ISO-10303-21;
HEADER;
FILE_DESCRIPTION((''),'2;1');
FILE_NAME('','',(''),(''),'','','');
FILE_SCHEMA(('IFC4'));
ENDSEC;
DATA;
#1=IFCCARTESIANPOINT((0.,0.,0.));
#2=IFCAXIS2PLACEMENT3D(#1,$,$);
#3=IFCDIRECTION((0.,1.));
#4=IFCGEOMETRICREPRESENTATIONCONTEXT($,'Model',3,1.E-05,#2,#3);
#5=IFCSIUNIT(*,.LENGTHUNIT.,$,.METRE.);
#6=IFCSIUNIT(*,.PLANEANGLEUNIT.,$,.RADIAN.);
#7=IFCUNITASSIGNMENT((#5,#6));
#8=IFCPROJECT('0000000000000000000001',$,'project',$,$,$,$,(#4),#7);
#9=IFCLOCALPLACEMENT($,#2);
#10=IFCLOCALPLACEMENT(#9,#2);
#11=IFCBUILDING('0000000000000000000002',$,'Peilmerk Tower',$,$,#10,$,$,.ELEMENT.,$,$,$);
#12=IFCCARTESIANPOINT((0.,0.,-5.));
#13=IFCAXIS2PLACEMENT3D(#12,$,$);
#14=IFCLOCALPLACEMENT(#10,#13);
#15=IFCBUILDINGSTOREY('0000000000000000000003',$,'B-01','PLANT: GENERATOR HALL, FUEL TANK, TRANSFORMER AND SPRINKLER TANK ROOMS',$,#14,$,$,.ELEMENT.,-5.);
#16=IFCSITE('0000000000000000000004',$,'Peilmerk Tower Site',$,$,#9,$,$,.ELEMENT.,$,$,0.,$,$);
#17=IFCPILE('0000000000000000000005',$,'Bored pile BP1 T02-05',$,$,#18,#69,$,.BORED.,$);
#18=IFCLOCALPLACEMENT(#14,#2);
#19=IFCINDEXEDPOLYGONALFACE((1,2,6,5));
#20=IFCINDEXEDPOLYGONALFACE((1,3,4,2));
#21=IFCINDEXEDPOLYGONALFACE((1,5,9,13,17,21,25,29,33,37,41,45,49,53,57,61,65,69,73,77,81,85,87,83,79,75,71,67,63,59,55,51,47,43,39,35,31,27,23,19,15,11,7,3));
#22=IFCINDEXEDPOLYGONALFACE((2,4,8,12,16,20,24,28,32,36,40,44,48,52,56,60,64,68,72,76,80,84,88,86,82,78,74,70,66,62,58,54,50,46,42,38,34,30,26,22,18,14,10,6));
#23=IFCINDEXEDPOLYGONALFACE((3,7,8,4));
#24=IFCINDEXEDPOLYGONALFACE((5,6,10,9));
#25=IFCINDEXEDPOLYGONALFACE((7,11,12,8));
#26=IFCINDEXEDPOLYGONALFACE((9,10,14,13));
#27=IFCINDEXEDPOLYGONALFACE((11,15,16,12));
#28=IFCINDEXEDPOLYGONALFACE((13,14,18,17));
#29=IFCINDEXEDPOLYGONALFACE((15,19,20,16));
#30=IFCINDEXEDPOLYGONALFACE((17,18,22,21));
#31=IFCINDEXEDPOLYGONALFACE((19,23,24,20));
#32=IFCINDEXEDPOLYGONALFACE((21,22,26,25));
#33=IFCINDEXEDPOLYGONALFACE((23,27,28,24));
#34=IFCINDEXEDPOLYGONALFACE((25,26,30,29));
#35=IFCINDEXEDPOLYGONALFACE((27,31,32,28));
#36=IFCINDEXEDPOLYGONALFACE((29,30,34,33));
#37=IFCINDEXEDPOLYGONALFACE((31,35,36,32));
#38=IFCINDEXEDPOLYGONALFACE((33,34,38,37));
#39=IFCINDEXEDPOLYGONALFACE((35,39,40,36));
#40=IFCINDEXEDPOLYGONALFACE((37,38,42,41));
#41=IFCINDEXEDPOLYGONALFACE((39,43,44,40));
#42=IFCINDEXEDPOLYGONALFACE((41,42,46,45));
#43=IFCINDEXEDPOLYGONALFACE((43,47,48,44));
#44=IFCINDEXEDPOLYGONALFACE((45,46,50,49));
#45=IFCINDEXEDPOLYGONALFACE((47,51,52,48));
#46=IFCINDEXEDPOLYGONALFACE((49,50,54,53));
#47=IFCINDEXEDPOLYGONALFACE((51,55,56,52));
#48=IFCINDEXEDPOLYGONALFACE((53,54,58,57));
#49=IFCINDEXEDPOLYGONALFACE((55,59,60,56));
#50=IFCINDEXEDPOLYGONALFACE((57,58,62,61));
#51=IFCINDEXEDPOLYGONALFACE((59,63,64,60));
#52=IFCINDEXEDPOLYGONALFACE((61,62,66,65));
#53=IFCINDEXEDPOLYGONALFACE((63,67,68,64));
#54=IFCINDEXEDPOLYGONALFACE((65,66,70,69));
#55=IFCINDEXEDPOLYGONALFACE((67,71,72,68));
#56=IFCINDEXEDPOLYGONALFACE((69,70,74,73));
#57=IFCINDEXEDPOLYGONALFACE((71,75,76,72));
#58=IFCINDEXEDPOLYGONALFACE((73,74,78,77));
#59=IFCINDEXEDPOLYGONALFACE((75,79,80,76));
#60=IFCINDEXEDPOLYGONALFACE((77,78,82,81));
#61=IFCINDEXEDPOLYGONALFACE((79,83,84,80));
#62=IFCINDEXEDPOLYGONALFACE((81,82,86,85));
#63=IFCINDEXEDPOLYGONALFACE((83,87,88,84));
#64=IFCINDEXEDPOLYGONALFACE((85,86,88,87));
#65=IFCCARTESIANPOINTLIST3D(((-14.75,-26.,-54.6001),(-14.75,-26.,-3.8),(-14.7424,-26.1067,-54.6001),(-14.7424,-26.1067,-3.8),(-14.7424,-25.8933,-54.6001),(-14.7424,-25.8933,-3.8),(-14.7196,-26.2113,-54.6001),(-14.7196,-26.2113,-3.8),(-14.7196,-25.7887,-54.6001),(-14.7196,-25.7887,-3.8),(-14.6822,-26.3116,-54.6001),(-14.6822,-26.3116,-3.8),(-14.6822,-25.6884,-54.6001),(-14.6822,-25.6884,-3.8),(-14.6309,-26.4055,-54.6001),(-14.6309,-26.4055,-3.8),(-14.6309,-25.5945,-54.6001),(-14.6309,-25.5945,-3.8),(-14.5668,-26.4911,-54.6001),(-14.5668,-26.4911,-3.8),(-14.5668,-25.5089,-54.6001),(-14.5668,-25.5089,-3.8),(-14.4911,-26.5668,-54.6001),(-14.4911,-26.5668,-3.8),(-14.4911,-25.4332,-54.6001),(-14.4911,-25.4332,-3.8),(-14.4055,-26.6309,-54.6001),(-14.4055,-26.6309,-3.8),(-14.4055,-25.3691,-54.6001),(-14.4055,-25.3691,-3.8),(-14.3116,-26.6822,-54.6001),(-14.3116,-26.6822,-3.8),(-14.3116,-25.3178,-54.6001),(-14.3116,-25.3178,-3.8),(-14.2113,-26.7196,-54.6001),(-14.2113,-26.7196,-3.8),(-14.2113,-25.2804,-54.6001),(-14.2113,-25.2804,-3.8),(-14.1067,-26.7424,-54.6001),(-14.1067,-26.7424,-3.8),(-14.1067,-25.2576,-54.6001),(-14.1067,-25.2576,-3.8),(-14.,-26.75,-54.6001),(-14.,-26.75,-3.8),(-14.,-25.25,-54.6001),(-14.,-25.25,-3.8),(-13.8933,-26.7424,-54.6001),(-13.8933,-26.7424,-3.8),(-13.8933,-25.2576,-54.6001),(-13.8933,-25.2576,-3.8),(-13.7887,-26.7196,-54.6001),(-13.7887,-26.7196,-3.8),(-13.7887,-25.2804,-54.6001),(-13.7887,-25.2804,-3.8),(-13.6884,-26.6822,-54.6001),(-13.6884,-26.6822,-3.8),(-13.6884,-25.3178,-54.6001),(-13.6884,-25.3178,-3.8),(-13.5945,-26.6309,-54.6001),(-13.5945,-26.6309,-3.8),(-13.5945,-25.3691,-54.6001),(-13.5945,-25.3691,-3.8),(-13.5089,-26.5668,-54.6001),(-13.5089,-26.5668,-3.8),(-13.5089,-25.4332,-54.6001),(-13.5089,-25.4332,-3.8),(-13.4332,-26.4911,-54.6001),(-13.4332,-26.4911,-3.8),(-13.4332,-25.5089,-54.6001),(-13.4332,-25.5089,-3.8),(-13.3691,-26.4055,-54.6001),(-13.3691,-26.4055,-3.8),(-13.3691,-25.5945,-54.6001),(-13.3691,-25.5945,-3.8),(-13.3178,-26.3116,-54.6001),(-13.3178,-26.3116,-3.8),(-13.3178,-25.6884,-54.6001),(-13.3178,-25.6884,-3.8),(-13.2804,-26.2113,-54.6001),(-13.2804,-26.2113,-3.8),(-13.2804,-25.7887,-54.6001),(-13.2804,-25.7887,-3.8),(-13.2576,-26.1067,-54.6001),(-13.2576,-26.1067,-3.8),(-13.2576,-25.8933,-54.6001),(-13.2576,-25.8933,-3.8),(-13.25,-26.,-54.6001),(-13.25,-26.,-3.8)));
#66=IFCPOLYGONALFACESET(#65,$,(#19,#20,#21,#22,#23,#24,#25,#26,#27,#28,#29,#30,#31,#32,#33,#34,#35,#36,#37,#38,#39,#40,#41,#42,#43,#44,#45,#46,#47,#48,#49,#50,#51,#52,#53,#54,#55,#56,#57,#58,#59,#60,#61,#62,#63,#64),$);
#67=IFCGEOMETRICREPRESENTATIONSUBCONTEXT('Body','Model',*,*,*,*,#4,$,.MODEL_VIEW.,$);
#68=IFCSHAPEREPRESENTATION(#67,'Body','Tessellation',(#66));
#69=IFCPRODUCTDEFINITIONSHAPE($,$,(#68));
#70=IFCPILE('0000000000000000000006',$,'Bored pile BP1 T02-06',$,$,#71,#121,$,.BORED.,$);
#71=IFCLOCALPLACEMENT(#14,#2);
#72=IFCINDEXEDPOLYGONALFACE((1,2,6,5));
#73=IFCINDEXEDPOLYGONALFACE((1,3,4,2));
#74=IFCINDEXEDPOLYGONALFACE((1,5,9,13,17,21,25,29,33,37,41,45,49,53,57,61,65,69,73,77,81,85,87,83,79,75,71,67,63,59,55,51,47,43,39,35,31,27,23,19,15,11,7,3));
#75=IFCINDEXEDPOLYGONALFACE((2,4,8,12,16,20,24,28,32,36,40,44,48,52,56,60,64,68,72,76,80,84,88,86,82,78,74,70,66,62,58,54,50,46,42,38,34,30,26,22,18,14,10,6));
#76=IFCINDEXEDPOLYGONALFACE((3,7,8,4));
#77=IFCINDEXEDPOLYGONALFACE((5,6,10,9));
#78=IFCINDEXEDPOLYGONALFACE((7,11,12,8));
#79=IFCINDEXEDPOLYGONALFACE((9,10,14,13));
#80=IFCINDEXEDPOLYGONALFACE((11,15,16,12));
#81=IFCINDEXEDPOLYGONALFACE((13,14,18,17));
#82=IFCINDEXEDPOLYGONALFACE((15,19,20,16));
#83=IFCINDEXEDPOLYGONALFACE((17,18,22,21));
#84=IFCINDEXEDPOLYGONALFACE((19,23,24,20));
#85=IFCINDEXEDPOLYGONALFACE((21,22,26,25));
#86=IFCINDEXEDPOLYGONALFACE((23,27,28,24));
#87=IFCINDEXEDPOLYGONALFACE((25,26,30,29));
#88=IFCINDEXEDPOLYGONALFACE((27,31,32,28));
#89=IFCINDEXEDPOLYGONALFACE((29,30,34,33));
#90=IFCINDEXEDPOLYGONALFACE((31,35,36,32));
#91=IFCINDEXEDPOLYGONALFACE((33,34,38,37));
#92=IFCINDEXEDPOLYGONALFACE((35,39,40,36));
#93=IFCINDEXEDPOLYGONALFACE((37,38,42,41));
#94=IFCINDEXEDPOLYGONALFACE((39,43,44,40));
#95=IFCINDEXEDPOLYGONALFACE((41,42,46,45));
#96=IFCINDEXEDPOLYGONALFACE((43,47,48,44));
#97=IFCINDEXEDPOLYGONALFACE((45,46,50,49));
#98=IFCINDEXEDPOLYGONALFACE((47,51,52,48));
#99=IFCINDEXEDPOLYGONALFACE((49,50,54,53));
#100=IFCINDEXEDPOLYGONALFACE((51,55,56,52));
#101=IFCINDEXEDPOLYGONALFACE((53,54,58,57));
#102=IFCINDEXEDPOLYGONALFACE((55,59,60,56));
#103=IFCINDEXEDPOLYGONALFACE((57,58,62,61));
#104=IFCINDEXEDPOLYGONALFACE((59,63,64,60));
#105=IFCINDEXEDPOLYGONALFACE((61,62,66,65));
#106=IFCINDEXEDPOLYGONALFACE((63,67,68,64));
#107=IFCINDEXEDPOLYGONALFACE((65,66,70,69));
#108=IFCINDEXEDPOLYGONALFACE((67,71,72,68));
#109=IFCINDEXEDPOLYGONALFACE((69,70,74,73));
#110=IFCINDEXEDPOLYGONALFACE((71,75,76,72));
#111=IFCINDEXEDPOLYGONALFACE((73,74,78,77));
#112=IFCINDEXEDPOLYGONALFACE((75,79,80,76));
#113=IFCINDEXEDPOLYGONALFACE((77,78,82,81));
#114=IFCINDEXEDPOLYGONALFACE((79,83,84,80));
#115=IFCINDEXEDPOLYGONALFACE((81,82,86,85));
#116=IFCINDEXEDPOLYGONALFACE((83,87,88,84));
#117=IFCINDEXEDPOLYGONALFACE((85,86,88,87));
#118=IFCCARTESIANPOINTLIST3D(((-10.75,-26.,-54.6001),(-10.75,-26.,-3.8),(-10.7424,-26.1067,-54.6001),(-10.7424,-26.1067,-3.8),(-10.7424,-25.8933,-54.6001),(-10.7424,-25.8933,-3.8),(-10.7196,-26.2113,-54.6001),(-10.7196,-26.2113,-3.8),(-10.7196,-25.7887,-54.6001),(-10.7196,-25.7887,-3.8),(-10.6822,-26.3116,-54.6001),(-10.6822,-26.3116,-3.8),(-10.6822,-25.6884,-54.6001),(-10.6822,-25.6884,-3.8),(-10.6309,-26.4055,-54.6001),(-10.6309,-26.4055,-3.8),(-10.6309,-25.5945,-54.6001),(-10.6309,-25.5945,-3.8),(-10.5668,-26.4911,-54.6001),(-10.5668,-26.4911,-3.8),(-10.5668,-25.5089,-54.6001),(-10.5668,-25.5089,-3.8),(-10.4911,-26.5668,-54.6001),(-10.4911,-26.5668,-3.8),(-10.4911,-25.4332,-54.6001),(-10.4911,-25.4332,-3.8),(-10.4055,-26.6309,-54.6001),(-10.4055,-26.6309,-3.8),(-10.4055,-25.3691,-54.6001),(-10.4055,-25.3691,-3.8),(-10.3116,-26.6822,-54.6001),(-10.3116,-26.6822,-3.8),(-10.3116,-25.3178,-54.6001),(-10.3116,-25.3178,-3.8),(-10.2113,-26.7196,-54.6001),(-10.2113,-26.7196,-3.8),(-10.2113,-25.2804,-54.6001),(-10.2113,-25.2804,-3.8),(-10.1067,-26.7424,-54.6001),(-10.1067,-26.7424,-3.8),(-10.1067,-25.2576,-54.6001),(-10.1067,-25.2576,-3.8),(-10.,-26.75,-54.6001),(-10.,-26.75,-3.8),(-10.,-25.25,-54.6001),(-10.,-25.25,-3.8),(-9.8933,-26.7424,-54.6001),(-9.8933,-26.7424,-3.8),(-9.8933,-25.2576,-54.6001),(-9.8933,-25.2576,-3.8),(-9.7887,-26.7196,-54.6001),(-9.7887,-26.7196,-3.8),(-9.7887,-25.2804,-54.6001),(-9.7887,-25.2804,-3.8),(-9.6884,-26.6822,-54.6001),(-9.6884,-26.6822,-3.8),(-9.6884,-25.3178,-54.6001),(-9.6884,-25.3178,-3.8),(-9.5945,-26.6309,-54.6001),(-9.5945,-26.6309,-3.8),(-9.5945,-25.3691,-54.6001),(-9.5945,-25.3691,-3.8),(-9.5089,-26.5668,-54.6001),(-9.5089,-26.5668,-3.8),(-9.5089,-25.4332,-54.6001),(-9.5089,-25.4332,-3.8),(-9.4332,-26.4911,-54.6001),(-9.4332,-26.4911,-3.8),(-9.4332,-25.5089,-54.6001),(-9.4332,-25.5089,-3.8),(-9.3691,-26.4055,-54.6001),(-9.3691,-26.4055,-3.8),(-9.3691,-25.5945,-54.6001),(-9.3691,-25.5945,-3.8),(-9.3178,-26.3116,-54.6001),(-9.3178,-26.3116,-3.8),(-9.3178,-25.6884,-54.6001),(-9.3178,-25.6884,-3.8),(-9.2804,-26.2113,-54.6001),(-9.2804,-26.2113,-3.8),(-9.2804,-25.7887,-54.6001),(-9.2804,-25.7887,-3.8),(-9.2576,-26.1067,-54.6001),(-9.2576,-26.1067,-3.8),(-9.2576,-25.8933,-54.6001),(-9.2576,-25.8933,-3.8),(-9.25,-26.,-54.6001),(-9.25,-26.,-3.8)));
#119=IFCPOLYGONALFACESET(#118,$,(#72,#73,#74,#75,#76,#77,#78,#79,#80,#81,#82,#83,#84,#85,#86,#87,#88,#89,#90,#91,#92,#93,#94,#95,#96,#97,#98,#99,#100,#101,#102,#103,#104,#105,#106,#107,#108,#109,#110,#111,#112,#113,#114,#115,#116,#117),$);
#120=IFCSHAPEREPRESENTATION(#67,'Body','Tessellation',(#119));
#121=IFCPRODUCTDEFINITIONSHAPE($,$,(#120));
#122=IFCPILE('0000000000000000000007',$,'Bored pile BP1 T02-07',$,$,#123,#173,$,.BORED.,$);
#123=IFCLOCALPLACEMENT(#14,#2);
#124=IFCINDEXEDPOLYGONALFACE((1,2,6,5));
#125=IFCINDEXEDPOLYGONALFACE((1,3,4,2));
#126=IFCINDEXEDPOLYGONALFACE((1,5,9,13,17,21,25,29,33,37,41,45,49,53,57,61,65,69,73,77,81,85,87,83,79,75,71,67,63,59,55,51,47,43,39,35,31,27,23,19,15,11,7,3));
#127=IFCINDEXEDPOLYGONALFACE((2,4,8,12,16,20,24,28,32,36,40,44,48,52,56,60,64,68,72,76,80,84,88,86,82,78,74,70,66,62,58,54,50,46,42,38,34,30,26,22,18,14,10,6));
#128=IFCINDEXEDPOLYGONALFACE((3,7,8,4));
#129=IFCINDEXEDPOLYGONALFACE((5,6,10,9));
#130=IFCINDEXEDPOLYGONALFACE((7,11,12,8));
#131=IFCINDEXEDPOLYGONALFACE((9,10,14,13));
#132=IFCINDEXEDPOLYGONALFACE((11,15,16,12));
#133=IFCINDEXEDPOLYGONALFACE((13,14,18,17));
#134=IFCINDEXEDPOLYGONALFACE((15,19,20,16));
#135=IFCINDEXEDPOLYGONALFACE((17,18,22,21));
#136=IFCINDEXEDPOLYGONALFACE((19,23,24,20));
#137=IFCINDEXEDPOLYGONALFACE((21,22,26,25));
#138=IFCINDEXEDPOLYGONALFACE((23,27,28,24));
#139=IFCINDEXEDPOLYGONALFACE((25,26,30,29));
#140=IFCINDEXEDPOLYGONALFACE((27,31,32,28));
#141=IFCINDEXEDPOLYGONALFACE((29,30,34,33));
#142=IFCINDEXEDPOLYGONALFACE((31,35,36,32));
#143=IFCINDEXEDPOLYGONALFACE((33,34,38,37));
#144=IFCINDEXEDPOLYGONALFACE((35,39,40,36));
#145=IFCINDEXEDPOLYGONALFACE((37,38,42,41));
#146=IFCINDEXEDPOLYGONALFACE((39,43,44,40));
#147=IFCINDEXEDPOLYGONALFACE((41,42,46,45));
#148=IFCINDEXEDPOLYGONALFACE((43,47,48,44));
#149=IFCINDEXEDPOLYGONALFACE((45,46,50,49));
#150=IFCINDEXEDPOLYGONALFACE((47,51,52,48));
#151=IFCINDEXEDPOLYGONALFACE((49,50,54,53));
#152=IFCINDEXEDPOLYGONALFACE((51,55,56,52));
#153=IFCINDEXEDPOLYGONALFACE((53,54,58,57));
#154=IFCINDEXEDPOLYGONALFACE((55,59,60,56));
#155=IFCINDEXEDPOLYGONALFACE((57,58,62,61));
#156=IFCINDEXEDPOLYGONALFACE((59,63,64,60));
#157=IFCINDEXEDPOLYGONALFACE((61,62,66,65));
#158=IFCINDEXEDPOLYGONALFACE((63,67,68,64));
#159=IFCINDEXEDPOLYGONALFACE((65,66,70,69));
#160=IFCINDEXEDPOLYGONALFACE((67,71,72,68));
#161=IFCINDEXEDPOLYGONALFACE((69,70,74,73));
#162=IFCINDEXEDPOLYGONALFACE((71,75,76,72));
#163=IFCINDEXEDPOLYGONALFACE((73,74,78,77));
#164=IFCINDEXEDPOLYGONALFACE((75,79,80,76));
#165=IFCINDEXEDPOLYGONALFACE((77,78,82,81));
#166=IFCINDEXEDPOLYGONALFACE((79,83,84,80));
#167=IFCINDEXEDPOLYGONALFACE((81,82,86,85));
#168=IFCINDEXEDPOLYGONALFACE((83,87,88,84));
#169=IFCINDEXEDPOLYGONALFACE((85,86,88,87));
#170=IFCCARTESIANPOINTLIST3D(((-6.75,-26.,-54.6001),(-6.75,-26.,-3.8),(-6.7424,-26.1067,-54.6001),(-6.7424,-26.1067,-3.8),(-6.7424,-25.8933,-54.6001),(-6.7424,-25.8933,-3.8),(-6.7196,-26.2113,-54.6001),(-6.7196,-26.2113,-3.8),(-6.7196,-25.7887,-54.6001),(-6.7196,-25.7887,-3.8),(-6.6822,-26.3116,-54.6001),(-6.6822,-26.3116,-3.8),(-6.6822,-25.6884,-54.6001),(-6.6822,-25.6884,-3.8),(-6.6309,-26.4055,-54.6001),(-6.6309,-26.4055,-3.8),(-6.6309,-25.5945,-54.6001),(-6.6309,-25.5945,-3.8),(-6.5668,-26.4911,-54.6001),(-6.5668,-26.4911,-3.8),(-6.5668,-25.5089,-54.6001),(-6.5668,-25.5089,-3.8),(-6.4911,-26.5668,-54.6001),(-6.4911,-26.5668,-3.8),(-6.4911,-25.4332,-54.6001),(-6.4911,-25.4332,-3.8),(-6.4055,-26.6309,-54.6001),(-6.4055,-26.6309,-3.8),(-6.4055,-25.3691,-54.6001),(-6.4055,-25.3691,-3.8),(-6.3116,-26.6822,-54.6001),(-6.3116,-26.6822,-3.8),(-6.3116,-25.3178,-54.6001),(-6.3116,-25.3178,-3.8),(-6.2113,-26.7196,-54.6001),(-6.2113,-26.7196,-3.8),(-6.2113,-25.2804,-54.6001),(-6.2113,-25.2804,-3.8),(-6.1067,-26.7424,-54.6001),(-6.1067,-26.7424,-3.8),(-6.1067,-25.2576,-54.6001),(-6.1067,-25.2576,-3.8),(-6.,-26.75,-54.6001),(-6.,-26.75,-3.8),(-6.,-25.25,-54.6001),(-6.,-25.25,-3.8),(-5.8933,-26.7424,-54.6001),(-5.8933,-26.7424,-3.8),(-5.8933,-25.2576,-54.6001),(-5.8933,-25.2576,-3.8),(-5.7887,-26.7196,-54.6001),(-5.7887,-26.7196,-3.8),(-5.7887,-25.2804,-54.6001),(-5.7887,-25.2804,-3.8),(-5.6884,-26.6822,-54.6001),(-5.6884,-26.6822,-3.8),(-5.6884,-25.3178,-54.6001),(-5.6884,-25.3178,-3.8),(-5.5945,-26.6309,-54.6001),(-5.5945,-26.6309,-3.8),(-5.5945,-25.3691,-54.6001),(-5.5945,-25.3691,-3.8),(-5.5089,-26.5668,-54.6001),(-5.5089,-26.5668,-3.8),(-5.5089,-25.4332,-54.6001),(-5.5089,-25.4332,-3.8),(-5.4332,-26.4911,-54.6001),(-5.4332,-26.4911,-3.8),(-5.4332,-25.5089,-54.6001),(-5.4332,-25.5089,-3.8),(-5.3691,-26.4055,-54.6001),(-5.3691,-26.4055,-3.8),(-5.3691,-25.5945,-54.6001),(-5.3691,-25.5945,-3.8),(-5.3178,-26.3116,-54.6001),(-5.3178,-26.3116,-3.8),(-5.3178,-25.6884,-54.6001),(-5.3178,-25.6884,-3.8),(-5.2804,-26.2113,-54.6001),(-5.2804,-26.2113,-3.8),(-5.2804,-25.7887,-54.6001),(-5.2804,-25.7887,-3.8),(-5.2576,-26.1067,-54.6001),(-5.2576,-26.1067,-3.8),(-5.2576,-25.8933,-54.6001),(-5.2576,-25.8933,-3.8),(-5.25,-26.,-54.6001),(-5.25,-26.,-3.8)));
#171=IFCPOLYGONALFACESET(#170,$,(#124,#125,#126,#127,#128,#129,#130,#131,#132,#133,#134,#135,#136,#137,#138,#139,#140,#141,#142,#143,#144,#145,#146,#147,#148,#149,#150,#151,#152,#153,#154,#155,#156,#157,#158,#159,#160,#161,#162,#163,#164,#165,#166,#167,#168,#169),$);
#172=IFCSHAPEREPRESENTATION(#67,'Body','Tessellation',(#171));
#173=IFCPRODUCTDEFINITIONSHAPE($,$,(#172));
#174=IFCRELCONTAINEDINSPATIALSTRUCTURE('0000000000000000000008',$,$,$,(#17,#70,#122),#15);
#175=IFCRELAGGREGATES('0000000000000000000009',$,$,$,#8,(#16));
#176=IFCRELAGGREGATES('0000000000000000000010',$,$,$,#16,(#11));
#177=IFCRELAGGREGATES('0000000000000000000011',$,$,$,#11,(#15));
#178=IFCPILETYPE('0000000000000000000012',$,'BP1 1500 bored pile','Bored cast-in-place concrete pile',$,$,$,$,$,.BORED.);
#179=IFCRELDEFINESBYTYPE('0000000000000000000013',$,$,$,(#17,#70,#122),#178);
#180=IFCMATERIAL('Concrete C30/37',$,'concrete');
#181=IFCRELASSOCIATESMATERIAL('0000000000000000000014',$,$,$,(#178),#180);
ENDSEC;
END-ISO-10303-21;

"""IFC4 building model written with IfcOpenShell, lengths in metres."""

from ifc_helpers import new_model, si_unit, direction, frame, origin, origin_2d, place, context, subcontext, project, spatial, circle, extrude, material, material_profile, profile_set, type_object, element, save


model = new_model("IFC4")

# Units and contexts
model_context = context("Model", 3, precision=1e-05, world=origin(), true_north=direction((0.0, 1.0)))
body_context = subcontext(model_context, "Body", "Model", "MODEL_VIEW")
ifc_project = project(units=[si_unit("LENGTHUNIT", "METRE"), si_unit("PLANEANGLEUNIT", "RADIAN")], contexts=[model_context])

# Site, building, storey
site_placement = place(None, origin())
site = spatial("IfcSite", under=ifc_project, at=site_placement, Name="Peilmerk Tower Site", CompositionType="ELEMENT", RefElevation=0.0)
building_placement = place(site_placement, origin())
building = spatial("IfcBuilding", under=site, at=building_placement, Name="Peilmerk Tower", CompositionType="ELEMENT")
storey_placement = place(building_placement, frame((0.0, 0.0, -5.0)))
storey = spatial("IfcBuildingStorey", under=building, at=storey_placement, Name="B-01", Description="PLANT: GENERATOR HALL, FUEL TANK, TRANSFORMER AND SPRINKLER TANK ROOMS", CompositionType="ELEMENT", Elevation=-5.0)

# Piles
ifc_material_1 = material(Name="Concrete C30/37", Category="concrete")
ifc_material_profile_1 = material_profile(ifc_material_1, circle(Radius=0.75, at=origin_2d()), Name="BP 1500")
ifc_profile_set_1 = profile_set([ifc_material_profile_1], Name="Concrete C30/37")
pile_type = type_object("IfcPileType", Name="BP1 1500 bored pile", Description="Bored cast-in-place concrete pile", PredefinedType="BORED", material=ifc_profile_set_1)
for number, where, z_axis, x_axis, name in (
    (1, (-14.0, -26.0, -3.8), (0.0, 0.0, -1.0), (1.0, 0.0, 0.0), "Bored pile BP1 T02-05"),
    (2, (-10.0, -26.0, -3.8), (0.0, 0.0, -1.0), (1.0, 0.0, 0.0), "Bored pile BP1 T02-06"),
    (3, (-6.0, -26.0, -3.8), (0.0, 0.0, -1.0), (1.0, 0.0, 0.0), "Bored pile BP1 T02-07"),
):
    element("IfcPile", number, at=place(storey_placement, frame(where, z_axis=z_axis, x_axis=x_axis)), inside=storey, type_object=pile_type, Name=name, PredefinedType="BORED", context=body_context, shape_type="SweptSolid", body=[
        extrude(circle(Radius=0.75, at=origin_2d()), origin(), (0.0, 0.0, 1.0), 50.8),
    ])

save(model, "model.ifc")
